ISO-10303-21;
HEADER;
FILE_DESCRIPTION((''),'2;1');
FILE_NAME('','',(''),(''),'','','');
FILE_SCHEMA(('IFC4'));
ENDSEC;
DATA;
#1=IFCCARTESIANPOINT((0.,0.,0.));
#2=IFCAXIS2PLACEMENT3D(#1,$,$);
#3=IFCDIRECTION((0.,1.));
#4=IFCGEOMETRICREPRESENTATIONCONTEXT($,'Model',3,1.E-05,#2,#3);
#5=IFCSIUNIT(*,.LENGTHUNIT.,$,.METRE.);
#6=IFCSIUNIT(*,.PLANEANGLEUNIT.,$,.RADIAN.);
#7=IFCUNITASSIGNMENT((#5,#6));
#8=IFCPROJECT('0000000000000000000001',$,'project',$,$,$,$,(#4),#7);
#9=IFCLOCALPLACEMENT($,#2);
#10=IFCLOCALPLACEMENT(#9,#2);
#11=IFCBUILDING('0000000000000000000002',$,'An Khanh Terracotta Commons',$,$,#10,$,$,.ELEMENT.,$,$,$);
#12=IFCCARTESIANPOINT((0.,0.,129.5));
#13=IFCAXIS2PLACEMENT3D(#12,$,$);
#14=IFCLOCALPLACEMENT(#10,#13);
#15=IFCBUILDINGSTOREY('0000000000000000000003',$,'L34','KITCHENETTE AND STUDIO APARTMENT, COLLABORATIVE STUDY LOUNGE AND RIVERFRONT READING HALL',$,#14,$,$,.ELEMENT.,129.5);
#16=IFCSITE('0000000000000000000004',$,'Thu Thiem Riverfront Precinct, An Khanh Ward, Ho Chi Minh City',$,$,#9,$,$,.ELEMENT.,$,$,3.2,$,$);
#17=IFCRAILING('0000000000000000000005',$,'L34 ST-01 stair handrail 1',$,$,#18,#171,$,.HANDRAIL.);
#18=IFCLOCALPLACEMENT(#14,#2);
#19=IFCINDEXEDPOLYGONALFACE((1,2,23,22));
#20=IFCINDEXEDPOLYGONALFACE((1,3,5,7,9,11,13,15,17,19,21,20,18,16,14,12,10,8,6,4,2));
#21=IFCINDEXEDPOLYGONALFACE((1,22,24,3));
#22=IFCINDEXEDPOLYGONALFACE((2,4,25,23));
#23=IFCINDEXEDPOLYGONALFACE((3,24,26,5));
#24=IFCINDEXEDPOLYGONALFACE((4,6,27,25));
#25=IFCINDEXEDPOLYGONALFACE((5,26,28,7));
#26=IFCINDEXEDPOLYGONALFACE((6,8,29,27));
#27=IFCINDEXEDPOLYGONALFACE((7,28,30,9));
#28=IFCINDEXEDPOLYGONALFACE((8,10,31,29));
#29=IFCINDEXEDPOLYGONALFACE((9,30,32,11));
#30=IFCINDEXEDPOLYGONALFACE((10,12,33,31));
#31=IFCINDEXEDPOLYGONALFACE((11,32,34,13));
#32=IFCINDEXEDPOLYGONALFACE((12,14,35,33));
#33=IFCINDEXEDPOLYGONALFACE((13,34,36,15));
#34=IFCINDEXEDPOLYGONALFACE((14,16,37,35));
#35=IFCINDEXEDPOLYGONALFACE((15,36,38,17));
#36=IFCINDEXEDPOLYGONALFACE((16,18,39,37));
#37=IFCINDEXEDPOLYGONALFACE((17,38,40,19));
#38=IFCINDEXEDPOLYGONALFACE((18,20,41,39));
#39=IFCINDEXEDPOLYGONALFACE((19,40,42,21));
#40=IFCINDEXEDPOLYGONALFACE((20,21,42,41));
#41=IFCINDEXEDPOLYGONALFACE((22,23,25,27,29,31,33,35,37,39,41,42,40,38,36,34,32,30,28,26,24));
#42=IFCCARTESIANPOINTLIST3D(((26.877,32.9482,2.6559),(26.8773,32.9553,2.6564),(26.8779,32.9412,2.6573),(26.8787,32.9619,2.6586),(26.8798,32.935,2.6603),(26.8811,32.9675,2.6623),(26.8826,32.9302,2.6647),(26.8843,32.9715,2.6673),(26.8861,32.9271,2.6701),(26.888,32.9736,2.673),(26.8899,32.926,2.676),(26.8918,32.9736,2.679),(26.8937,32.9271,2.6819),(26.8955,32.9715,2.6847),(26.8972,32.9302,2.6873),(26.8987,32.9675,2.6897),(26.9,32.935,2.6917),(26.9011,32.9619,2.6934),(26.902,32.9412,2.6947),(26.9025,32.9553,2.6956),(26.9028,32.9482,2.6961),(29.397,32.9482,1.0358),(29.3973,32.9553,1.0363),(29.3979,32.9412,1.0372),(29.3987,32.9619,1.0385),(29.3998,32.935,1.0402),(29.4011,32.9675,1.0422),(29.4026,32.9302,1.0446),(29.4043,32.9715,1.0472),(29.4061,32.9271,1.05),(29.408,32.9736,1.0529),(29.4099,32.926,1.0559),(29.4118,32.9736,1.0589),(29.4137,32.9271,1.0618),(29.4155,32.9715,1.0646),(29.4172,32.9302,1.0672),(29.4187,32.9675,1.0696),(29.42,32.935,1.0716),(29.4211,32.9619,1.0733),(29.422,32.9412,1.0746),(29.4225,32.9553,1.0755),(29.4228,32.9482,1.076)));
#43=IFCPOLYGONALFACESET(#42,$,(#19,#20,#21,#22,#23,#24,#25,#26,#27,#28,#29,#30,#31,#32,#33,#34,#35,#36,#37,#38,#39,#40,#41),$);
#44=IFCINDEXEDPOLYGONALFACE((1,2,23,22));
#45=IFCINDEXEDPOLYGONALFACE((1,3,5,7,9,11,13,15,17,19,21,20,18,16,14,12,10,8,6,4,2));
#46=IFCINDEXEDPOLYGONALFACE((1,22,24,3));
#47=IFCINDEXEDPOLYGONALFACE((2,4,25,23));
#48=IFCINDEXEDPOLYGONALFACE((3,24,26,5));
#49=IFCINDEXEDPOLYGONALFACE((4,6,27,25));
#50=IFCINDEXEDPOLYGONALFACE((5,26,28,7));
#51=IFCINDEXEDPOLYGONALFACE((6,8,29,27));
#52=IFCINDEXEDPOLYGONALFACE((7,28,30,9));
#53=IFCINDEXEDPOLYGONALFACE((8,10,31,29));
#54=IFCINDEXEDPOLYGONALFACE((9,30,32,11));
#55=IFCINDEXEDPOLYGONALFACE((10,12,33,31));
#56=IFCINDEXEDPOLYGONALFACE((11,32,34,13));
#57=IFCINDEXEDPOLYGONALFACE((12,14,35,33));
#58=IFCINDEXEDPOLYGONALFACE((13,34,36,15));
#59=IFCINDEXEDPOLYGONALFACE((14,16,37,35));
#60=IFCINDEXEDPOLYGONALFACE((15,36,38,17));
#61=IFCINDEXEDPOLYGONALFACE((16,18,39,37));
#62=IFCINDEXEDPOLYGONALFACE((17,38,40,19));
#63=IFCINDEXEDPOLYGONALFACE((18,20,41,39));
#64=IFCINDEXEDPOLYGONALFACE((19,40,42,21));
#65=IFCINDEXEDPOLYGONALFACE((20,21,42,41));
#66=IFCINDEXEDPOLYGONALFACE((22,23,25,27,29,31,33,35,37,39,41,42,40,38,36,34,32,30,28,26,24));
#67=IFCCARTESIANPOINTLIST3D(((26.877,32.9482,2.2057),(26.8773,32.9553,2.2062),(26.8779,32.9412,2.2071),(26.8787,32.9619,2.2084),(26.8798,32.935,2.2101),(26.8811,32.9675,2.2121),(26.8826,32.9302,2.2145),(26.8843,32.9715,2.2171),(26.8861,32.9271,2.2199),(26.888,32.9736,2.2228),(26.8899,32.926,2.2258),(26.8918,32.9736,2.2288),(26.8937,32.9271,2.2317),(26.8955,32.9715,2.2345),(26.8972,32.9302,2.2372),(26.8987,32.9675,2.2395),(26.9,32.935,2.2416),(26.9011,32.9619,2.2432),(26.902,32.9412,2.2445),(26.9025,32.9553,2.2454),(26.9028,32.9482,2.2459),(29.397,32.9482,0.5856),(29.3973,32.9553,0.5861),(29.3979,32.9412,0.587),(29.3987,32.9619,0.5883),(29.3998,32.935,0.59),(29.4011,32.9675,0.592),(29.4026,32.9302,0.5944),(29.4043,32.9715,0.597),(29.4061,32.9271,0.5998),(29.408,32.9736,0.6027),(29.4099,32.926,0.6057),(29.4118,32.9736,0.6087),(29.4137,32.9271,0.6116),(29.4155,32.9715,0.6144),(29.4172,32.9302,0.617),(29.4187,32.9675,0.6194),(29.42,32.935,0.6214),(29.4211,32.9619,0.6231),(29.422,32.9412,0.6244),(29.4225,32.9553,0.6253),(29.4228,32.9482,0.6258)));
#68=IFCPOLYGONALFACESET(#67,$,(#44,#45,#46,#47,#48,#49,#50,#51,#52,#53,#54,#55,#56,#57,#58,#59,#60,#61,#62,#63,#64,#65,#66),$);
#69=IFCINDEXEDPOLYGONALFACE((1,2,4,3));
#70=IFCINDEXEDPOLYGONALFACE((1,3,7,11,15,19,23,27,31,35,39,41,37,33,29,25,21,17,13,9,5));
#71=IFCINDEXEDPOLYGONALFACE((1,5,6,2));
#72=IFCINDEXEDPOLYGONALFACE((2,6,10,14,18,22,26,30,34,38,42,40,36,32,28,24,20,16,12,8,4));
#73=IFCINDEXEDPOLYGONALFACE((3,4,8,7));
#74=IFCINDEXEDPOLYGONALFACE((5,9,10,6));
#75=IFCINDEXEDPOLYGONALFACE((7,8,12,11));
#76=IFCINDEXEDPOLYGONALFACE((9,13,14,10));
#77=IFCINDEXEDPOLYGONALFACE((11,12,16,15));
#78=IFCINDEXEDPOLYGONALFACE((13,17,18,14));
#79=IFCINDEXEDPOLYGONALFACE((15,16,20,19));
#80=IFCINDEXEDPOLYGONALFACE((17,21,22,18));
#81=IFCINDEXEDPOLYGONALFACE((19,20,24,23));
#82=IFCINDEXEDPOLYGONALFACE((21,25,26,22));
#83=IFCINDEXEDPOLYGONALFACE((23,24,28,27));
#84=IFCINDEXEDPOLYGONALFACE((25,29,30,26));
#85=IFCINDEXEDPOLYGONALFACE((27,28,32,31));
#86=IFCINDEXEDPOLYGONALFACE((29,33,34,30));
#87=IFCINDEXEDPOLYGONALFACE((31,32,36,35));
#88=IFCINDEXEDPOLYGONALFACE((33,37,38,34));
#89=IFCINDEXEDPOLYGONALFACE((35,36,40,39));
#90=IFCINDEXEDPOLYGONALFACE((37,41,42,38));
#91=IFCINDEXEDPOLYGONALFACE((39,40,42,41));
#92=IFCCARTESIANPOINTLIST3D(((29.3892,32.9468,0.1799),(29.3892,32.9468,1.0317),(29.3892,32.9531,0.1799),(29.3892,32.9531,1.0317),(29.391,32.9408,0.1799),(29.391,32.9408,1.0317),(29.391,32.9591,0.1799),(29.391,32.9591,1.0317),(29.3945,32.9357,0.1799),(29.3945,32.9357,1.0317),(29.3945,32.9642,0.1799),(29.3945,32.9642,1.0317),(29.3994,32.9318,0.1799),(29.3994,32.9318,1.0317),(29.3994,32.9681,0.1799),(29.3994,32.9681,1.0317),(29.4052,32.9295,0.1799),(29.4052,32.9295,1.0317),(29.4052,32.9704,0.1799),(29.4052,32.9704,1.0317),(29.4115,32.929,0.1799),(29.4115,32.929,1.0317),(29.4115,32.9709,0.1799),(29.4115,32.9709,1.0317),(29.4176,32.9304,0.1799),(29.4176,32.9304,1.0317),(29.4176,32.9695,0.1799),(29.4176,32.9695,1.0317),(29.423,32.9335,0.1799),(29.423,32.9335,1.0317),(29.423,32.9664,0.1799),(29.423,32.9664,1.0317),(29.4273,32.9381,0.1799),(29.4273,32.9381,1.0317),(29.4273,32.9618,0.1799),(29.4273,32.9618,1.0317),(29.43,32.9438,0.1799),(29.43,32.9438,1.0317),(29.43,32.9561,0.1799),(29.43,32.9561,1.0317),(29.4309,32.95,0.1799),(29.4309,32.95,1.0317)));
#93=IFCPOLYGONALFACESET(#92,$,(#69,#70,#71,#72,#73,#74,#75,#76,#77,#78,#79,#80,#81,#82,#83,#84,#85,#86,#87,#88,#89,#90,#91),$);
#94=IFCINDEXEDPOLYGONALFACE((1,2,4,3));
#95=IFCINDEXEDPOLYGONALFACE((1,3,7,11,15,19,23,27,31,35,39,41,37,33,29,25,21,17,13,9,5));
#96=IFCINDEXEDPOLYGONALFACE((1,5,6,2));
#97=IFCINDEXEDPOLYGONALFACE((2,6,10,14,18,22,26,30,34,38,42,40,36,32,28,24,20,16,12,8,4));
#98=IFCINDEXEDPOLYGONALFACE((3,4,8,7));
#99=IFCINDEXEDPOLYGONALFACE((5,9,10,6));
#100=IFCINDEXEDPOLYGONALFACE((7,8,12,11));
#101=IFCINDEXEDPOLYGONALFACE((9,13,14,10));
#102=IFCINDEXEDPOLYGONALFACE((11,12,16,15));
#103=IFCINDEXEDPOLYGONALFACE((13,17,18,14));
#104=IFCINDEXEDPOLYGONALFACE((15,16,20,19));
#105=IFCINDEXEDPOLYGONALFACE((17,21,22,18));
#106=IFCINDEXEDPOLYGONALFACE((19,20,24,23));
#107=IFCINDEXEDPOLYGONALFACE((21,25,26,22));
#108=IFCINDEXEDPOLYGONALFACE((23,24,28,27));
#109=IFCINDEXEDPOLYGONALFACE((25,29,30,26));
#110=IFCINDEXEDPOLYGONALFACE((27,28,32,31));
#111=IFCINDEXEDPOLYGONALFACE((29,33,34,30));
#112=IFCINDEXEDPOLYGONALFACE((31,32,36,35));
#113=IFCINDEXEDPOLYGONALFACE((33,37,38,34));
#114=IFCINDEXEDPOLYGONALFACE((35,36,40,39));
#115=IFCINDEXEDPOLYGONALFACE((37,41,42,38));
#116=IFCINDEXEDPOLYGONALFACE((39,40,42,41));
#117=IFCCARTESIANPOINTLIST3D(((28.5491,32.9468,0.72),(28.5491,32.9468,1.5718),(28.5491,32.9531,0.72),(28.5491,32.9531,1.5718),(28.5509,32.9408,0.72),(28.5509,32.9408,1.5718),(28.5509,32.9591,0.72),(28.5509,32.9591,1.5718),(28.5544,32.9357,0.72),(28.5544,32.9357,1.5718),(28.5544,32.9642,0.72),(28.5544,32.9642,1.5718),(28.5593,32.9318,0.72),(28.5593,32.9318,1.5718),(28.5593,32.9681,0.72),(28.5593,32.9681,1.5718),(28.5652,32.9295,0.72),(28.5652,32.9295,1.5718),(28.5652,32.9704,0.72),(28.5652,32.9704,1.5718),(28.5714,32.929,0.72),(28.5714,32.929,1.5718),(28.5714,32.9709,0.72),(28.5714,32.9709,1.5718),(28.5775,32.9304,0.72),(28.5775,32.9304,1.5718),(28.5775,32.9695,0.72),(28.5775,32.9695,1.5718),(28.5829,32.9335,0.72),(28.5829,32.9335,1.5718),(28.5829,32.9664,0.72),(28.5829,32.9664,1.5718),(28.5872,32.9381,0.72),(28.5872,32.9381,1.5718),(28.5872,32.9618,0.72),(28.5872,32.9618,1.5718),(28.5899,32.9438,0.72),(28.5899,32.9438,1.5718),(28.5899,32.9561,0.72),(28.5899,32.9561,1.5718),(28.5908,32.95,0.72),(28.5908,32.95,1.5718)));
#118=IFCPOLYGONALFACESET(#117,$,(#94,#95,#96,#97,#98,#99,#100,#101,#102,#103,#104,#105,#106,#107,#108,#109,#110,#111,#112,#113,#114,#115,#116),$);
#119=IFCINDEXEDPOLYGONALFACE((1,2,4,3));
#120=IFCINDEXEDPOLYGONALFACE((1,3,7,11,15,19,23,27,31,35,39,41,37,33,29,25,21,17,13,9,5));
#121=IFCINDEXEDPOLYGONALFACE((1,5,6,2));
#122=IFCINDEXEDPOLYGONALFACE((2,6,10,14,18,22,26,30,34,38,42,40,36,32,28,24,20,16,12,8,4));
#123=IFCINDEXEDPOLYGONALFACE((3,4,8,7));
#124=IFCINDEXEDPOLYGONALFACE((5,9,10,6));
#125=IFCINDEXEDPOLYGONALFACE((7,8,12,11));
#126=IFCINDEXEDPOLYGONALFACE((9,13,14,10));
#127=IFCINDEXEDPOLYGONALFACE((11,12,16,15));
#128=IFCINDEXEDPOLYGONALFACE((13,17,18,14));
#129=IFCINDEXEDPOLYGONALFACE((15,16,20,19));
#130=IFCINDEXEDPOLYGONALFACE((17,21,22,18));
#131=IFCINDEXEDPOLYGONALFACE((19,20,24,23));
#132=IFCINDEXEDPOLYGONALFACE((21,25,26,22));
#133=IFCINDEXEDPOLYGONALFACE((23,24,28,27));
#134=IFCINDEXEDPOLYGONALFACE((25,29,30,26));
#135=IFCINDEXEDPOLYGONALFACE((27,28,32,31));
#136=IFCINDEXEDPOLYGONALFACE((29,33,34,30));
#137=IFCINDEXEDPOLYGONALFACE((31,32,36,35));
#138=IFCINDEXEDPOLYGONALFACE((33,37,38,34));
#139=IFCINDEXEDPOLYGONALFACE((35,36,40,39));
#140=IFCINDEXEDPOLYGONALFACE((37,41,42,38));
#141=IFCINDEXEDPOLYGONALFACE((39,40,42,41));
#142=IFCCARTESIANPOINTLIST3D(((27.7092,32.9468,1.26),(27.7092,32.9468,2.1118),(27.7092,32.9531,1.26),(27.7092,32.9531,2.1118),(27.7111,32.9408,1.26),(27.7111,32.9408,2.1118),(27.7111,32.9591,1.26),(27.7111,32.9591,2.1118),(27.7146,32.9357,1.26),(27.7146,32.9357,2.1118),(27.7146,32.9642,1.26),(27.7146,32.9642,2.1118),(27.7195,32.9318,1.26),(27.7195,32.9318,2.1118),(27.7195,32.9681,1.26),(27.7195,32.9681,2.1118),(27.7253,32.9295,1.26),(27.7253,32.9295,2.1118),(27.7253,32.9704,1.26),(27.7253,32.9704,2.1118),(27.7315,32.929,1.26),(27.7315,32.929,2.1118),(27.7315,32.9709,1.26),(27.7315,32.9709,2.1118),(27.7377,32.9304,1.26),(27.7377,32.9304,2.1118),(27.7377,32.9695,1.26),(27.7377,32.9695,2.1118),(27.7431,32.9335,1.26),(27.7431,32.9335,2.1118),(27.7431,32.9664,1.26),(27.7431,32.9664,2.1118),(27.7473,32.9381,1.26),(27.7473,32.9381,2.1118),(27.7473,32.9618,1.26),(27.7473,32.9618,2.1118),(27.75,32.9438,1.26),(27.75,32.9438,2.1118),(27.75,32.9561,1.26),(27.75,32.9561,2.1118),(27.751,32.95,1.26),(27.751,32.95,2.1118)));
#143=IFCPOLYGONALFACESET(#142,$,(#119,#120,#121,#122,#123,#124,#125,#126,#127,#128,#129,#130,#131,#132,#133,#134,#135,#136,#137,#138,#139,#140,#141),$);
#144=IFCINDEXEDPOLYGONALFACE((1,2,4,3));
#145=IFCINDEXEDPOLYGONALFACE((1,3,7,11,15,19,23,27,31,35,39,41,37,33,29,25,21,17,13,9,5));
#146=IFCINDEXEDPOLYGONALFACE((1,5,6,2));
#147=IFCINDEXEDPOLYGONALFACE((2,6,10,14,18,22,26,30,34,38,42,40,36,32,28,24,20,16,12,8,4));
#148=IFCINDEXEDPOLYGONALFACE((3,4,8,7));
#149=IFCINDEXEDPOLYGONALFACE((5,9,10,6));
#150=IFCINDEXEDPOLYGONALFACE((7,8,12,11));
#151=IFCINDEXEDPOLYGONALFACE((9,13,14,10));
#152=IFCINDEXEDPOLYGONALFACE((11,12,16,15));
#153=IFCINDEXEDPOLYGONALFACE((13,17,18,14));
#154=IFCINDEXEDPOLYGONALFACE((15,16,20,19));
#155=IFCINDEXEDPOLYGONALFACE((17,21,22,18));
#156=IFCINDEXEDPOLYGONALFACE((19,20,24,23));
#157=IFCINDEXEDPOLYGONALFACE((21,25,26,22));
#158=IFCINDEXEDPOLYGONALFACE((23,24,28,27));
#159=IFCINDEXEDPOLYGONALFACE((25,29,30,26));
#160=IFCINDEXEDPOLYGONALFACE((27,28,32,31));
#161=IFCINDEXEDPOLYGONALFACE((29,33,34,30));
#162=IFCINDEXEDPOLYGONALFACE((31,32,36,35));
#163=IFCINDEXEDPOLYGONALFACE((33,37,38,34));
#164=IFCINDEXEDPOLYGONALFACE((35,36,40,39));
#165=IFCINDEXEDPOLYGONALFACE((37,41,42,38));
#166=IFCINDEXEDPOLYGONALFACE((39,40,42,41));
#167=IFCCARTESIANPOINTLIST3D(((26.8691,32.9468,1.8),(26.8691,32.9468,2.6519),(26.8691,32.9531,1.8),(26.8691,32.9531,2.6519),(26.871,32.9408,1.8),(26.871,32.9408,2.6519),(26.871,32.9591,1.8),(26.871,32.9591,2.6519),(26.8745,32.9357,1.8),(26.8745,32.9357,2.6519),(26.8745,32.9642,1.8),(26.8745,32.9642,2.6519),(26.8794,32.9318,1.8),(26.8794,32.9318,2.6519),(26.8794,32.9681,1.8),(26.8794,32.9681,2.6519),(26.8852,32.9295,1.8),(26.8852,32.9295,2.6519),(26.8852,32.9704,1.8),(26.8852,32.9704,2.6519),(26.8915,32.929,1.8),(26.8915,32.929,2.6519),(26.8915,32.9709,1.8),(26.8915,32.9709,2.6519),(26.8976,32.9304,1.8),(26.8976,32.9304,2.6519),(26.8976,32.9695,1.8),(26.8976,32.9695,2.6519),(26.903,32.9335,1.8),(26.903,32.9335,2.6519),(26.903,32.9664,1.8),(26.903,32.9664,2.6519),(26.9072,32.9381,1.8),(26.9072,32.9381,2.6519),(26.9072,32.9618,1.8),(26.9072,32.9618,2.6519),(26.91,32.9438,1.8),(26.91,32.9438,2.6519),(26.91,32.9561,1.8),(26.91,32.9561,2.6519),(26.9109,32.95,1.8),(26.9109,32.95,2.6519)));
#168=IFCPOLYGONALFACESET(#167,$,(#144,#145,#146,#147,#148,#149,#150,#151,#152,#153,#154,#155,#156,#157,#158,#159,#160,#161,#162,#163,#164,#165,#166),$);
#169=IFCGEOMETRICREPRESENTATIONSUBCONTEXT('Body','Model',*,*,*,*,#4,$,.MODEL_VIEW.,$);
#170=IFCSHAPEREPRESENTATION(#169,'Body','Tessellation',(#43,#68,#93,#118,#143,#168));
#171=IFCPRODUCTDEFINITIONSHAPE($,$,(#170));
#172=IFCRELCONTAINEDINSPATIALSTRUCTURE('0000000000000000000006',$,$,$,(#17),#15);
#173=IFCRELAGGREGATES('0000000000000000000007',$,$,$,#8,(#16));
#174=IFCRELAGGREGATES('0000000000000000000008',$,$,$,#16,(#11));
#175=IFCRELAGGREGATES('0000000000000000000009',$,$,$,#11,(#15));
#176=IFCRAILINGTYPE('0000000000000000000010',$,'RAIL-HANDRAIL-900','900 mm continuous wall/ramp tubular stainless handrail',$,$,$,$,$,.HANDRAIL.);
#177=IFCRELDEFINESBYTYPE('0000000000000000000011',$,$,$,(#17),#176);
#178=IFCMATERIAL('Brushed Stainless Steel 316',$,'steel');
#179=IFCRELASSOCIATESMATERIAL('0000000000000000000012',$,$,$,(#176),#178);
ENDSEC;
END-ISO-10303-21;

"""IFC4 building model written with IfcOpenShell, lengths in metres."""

from ifc_helpers import new_model, si_unit, direction, frame, origin, origin_2d, place, context, subcontext, project, spatial, circle, extrude, material, type_object, element, save


model = new_model("IFC4")

# Units and contexts
model_context = context("Model", 3, precision=1e-05, world=origin(), true_north=direction((0.0, 1.0)))
body_context = subcontext(model_context, "Body", "Model", "MODEL_VIEW")
ifc_project = project(units=[si_unit("LENGTHUNIT", "METRE"), si_unit("PLANEANGLEUNIT", "RADIAN")], contexts=[model_context])

# Site, building, storey
site_placement = place(None, origin())
site = spatial("IfcSite", under=ifc_project, at=site_placement, Name="Thu Thiem Riverfront Precinct, An Khanh Ward, Ho Chi Minh City", CompositionType="ELEMENT", RefElevation=3.2)
building_placement = place(site_placement, origin())
building = spatial("IfcBuilding", under=site, at=building_placement, Name="An Khanh Terracotta Commons", CompositionType="ELEMENT")
storey_placement = place(building_placement, frame((0.0, 0.0, 129.5)))
storey = spatial("IfcBuildingStorey", under=building, at=storey_placement, Name="L34", Description="KITCHENETTE AND STUDIO APARTMENT, COLLABORATIVE STUDY LOUNGE AND RIVERFRONT READING HALL", CompositionType="ELEMENT", Elevation=129.5)

# Railing
ifc_material_1 = material(Name="Brushed Stainless Steel 316", Category="steel")
railing_type_1 = type_object("IfcRailingType", Name="RAIL-HANDRAIL-900", Description="900 mm continuous wall/ramp tubular stainless handrail", PredefinedType="HANDRAIL", material=ifc_material_1)
railing_1_placement = place(storey_placement, frame((29.4099, 32.95, 0.1799)))
element("IfcRailing", 1, at=railing_1_placement, inside=storey, type_object=railing_type_1, Name="L34 ST-01 stair handrail 1", PredefinedType="HANDRAIL", context=body_context, shape_type="SweptSolid", body=[
    extrude(circle(Radius=0.0239, at=origin_2d()), frame((0.0, 0.0, 0.876), z_axis=(-0.841163, 0.0, 0.540782), x_axis=(0.0, -1.0, 0.0)), (0.0, 0.0, 1.0), 2.9958),
    extrude(circle(Radius=0.0239, at=origin_2d()), frame((0.0, 0.0, 0.4258), z_axis=(-0.841163, 0.0, 0.540782), x_axis=(0.0, -1.0, 0.0)), (0.0, 0.0, 1.0), 2.9958),
    extrude(circle(Radius=0.021, at=origin_2d()), origin(), (0.0, 0.0, 1.0), 0.8518),
    extrude(circle(Radius=0.021, at=origin_2d()), frame((-0.8401, 0.0, 0.54)), (0.0, 0.0, 1.0), 0.8518),
    extrude(circle(Radius=0.021, at=origin_2d()), frame((-1.6799, 0.0, 1.0801)), (0.0, 0.0, 1.0), 0.8518),
    extrude(circle(Radius=0.021, at=origin_2d()), frame((-2.52, 0.0, 1.6201)), (0.0, 0.0, 1.0), 0.8518),
])

save(model, "model.ifc")
